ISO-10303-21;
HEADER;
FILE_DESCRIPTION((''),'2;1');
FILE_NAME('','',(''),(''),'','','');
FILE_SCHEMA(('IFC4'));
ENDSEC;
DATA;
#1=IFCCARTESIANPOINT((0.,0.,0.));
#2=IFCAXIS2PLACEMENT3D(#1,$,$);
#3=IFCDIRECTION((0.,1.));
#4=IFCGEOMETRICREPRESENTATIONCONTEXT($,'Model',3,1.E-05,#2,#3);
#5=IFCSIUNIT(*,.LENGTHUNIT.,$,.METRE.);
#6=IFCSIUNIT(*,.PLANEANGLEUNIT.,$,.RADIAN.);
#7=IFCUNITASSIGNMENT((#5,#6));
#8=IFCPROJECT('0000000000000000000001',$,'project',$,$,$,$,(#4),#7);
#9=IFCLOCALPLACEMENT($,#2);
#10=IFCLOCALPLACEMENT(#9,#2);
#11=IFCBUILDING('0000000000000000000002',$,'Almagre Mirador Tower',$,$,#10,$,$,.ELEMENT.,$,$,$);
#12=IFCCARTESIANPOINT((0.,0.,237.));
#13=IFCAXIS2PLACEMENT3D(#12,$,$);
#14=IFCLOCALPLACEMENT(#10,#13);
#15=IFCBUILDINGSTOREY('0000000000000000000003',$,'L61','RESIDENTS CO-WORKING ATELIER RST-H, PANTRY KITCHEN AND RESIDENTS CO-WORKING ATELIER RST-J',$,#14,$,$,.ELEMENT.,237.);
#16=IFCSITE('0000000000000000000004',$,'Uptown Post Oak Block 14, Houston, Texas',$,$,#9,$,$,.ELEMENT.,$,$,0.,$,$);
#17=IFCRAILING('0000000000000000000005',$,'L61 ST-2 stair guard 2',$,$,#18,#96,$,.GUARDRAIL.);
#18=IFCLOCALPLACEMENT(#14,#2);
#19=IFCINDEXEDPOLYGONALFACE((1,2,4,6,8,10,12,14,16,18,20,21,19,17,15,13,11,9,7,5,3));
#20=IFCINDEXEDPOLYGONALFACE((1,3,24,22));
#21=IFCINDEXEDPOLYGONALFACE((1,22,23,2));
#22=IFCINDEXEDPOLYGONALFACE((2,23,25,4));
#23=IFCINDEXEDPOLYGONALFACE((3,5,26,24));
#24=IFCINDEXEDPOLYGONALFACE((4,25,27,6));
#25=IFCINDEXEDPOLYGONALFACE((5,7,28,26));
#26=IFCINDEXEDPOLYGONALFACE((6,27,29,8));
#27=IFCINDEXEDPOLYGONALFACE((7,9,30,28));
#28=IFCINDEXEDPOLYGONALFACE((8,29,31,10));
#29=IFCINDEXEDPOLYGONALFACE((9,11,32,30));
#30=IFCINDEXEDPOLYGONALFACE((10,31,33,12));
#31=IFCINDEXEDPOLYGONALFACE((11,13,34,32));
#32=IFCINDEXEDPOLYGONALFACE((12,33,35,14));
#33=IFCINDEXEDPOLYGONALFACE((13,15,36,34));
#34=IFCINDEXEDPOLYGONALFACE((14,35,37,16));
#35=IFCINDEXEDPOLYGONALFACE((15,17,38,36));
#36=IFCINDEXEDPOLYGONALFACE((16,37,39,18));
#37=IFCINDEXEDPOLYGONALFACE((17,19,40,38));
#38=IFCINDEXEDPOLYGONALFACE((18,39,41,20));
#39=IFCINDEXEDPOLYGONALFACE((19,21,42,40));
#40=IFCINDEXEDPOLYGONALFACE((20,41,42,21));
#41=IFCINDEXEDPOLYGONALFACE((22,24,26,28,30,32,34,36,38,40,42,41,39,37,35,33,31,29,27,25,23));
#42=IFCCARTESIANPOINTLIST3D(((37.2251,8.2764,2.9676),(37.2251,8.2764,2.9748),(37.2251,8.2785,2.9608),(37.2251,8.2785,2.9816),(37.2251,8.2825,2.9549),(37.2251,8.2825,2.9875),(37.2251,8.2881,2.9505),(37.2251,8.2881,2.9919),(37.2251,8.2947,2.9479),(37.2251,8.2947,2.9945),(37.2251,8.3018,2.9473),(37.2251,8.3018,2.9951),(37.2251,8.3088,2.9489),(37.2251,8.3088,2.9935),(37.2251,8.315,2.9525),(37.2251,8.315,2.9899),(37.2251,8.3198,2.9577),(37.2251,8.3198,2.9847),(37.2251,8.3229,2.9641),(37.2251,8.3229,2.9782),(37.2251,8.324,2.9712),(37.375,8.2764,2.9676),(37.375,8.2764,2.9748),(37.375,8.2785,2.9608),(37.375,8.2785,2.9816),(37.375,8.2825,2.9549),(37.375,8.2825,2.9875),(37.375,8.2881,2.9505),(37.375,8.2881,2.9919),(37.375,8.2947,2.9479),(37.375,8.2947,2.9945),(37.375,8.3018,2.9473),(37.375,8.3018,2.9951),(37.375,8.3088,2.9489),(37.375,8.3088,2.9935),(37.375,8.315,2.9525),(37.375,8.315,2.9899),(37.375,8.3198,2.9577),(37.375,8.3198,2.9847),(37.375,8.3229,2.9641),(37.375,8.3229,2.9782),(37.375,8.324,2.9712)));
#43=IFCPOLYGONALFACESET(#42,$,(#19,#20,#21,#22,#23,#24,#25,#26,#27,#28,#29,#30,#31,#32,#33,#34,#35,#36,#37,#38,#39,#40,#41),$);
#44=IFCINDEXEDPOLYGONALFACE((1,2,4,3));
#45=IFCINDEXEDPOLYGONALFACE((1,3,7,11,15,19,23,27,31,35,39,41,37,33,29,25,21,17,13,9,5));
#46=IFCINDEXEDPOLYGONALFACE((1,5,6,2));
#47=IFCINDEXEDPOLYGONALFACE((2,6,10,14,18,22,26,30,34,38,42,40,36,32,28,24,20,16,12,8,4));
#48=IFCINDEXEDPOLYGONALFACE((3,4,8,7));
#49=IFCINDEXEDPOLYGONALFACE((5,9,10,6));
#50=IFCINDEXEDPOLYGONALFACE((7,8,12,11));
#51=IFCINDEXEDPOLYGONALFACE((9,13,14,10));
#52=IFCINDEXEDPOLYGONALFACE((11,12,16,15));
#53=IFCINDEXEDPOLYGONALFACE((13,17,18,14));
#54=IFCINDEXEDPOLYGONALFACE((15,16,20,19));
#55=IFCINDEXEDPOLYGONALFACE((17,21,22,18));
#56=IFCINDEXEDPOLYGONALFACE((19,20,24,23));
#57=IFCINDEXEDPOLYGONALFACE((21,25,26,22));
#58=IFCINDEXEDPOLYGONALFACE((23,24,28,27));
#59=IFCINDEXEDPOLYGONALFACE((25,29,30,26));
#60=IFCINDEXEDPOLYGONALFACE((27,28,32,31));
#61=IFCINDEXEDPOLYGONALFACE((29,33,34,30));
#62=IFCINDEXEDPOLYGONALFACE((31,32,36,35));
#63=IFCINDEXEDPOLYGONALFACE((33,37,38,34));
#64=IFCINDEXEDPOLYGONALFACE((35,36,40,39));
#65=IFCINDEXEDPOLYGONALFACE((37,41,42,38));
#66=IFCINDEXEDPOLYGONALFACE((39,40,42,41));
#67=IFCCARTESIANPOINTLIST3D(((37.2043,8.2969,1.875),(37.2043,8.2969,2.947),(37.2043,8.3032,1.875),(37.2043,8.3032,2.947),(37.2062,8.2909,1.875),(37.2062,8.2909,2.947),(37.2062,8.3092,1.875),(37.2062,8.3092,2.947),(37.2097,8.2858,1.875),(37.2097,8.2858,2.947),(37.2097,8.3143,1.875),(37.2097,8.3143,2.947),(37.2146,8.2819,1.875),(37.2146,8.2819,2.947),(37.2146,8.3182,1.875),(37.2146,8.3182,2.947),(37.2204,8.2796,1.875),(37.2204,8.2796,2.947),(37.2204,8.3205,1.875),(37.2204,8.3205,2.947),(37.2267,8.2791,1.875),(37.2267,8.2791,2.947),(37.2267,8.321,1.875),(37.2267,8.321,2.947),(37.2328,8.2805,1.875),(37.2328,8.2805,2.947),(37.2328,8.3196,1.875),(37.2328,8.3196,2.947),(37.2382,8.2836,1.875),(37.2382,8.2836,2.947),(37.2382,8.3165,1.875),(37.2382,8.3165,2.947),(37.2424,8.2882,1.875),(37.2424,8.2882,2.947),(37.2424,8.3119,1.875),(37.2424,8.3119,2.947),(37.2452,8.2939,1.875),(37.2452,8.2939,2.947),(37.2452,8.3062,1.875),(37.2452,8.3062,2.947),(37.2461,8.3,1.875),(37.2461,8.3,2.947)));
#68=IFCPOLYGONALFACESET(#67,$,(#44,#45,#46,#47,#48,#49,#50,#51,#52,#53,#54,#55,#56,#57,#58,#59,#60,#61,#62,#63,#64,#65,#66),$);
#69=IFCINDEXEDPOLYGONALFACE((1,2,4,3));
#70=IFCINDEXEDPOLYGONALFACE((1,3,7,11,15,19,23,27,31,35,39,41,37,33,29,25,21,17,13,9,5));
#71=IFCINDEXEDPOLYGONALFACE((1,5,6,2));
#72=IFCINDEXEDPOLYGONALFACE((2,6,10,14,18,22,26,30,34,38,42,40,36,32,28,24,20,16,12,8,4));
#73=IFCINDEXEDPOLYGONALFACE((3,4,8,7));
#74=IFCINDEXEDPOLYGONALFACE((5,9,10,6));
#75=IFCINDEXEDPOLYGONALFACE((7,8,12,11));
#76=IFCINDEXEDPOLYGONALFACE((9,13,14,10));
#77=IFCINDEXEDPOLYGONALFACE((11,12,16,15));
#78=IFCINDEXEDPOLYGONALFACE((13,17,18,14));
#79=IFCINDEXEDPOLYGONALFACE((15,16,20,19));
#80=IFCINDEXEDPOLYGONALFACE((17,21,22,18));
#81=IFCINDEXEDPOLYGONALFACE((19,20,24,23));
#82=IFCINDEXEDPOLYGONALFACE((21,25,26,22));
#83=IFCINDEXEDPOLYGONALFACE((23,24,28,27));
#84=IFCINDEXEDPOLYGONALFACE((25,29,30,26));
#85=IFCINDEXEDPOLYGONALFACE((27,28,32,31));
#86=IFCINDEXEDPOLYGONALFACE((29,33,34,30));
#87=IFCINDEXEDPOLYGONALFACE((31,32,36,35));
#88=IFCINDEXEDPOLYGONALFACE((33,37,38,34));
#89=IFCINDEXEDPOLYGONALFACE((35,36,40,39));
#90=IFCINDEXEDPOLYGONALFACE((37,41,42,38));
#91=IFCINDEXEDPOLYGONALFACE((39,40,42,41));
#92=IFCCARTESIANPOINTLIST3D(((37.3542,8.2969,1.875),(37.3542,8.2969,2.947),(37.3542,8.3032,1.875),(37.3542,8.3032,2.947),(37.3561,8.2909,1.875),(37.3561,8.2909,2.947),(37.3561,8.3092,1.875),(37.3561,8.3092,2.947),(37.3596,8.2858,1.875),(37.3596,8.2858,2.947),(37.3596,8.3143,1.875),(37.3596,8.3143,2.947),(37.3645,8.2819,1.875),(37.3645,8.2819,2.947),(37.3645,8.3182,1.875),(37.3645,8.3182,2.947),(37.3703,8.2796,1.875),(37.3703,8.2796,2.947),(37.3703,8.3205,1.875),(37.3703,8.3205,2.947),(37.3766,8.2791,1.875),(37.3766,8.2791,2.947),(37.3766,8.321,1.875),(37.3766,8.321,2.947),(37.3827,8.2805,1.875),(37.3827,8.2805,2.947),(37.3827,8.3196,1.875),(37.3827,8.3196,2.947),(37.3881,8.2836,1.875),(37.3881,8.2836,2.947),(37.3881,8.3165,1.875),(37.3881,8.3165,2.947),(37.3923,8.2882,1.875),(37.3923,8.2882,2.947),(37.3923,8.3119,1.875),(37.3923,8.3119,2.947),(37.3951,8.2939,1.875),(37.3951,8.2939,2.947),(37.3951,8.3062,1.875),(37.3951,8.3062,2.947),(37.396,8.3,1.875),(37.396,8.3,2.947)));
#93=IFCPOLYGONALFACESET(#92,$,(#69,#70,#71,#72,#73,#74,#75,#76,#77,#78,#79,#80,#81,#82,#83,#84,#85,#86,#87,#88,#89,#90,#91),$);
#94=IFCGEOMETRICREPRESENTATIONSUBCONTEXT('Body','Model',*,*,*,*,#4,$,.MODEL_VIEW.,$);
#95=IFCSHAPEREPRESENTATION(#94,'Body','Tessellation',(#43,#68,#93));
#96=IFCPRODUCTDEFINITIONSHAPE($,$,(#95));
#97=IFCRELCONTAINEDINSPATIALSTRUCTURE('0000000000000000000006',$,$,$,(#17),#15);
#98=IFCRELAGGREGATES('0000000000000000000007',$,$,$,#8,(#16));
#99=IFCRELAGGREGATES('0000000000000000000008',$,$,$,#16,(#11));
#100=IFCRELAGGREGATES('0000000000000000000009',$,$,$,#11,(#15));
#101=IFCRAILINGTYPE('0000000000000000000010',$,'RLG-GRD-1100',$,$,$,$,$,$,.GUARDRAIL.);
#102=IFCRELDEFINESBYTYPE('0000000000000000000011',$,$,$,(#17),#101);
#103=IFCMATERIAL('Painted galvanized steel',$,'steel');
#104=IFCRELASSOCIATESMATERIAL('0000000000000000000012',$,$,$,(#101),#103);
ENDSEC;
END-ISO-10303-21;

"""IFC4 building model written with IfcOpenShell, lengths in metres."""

from ifc_helpers import new_model, si_unit, direction, frame, origin, origin_2d, place, context, subcontext, project, spatial, circle, extrude, material, type_object, element, save


model = new_model("IFC4")

# Units and contexts
model_context = context("Model", 3, precision=1e-05, world=origin(), true_north=direction((0.0, 1.0)))
body_context = subcontext(model_context, "Body", "Model", "MODEL_VIEW")
ifc_project = project(units=[si_unit("LENGTHUNIT", "METRE"), si_unit("PLANEANGLEUNIT", "RADIAN")], contexts=[model_context])

# Site, building, storey
site_placement = place(None, origin())
site = spatial("IfcSite", under=ifc_project, at=site_placement, Name="Uptown Post Oak Block 14, Houston, Texas", CompositionType="ELEMENT", RefElevation=0.0)
building_placement = place(site_placement, origin())
building = spatial("IfcBuilding", under=site, at=building_placement, Name="Almagre Mirador Tower", CompositionType="ELEMENT")
storey_placement = place(building_placement, frame((0.0, 0.0, 237.0)))
storey = spatial("IfcBuildingStorey", under=building, at=storey_placement, Name="L61", Description="RESIDENTS CO-WORKING ATELIER RST-H, PANTRY KITCHEN AND RESIDENTS CO-WORKING ATELIER RST-J", CompositionType="ELEMENT", Elevation=237.0)

# Railing
ifc_material_1 = material(Name="Painted galvanized steel", Category="steel")
railing_type_1 = type_object("IfcRailingType", Name="RLG-GRD-1100", PredefinedType="GUARDRAIL", material=ifc_material_1)
railing_1_placement = place(storey_placement, frame((37.2251, 8.3, 1.875)))
element("IfcRailing", 1, at=railing_1_placement, inside=storey, type_object=railing_type_1, Name="L61 ST-2 stair guard 2", PredefinedType="GUARDRAIL", context=body_context, shape_type="SweptSolid", body=[
    extrude(circle(Radius=0.0239, at=origin_2d()), frame((0.0, 0.0, 1.0962), z_axis=(1.0, 0.0, 0.0), x_axis=(0.0, 1.0, 0.0)), (0.0, 0.0, 1.0), 0.1499),
    extrude(circle(Radius=0.021, at=origin_2d()), origin(), (0.0, 0.0, 1.0), 1.072),
    extrude(circle(Radius=0.021, at=origin_2d()), frame((0.1499, 0.0, 0.0)), (0.0, 0.0, 1.0), 1.072),
])

save(model, "model.ifc")
